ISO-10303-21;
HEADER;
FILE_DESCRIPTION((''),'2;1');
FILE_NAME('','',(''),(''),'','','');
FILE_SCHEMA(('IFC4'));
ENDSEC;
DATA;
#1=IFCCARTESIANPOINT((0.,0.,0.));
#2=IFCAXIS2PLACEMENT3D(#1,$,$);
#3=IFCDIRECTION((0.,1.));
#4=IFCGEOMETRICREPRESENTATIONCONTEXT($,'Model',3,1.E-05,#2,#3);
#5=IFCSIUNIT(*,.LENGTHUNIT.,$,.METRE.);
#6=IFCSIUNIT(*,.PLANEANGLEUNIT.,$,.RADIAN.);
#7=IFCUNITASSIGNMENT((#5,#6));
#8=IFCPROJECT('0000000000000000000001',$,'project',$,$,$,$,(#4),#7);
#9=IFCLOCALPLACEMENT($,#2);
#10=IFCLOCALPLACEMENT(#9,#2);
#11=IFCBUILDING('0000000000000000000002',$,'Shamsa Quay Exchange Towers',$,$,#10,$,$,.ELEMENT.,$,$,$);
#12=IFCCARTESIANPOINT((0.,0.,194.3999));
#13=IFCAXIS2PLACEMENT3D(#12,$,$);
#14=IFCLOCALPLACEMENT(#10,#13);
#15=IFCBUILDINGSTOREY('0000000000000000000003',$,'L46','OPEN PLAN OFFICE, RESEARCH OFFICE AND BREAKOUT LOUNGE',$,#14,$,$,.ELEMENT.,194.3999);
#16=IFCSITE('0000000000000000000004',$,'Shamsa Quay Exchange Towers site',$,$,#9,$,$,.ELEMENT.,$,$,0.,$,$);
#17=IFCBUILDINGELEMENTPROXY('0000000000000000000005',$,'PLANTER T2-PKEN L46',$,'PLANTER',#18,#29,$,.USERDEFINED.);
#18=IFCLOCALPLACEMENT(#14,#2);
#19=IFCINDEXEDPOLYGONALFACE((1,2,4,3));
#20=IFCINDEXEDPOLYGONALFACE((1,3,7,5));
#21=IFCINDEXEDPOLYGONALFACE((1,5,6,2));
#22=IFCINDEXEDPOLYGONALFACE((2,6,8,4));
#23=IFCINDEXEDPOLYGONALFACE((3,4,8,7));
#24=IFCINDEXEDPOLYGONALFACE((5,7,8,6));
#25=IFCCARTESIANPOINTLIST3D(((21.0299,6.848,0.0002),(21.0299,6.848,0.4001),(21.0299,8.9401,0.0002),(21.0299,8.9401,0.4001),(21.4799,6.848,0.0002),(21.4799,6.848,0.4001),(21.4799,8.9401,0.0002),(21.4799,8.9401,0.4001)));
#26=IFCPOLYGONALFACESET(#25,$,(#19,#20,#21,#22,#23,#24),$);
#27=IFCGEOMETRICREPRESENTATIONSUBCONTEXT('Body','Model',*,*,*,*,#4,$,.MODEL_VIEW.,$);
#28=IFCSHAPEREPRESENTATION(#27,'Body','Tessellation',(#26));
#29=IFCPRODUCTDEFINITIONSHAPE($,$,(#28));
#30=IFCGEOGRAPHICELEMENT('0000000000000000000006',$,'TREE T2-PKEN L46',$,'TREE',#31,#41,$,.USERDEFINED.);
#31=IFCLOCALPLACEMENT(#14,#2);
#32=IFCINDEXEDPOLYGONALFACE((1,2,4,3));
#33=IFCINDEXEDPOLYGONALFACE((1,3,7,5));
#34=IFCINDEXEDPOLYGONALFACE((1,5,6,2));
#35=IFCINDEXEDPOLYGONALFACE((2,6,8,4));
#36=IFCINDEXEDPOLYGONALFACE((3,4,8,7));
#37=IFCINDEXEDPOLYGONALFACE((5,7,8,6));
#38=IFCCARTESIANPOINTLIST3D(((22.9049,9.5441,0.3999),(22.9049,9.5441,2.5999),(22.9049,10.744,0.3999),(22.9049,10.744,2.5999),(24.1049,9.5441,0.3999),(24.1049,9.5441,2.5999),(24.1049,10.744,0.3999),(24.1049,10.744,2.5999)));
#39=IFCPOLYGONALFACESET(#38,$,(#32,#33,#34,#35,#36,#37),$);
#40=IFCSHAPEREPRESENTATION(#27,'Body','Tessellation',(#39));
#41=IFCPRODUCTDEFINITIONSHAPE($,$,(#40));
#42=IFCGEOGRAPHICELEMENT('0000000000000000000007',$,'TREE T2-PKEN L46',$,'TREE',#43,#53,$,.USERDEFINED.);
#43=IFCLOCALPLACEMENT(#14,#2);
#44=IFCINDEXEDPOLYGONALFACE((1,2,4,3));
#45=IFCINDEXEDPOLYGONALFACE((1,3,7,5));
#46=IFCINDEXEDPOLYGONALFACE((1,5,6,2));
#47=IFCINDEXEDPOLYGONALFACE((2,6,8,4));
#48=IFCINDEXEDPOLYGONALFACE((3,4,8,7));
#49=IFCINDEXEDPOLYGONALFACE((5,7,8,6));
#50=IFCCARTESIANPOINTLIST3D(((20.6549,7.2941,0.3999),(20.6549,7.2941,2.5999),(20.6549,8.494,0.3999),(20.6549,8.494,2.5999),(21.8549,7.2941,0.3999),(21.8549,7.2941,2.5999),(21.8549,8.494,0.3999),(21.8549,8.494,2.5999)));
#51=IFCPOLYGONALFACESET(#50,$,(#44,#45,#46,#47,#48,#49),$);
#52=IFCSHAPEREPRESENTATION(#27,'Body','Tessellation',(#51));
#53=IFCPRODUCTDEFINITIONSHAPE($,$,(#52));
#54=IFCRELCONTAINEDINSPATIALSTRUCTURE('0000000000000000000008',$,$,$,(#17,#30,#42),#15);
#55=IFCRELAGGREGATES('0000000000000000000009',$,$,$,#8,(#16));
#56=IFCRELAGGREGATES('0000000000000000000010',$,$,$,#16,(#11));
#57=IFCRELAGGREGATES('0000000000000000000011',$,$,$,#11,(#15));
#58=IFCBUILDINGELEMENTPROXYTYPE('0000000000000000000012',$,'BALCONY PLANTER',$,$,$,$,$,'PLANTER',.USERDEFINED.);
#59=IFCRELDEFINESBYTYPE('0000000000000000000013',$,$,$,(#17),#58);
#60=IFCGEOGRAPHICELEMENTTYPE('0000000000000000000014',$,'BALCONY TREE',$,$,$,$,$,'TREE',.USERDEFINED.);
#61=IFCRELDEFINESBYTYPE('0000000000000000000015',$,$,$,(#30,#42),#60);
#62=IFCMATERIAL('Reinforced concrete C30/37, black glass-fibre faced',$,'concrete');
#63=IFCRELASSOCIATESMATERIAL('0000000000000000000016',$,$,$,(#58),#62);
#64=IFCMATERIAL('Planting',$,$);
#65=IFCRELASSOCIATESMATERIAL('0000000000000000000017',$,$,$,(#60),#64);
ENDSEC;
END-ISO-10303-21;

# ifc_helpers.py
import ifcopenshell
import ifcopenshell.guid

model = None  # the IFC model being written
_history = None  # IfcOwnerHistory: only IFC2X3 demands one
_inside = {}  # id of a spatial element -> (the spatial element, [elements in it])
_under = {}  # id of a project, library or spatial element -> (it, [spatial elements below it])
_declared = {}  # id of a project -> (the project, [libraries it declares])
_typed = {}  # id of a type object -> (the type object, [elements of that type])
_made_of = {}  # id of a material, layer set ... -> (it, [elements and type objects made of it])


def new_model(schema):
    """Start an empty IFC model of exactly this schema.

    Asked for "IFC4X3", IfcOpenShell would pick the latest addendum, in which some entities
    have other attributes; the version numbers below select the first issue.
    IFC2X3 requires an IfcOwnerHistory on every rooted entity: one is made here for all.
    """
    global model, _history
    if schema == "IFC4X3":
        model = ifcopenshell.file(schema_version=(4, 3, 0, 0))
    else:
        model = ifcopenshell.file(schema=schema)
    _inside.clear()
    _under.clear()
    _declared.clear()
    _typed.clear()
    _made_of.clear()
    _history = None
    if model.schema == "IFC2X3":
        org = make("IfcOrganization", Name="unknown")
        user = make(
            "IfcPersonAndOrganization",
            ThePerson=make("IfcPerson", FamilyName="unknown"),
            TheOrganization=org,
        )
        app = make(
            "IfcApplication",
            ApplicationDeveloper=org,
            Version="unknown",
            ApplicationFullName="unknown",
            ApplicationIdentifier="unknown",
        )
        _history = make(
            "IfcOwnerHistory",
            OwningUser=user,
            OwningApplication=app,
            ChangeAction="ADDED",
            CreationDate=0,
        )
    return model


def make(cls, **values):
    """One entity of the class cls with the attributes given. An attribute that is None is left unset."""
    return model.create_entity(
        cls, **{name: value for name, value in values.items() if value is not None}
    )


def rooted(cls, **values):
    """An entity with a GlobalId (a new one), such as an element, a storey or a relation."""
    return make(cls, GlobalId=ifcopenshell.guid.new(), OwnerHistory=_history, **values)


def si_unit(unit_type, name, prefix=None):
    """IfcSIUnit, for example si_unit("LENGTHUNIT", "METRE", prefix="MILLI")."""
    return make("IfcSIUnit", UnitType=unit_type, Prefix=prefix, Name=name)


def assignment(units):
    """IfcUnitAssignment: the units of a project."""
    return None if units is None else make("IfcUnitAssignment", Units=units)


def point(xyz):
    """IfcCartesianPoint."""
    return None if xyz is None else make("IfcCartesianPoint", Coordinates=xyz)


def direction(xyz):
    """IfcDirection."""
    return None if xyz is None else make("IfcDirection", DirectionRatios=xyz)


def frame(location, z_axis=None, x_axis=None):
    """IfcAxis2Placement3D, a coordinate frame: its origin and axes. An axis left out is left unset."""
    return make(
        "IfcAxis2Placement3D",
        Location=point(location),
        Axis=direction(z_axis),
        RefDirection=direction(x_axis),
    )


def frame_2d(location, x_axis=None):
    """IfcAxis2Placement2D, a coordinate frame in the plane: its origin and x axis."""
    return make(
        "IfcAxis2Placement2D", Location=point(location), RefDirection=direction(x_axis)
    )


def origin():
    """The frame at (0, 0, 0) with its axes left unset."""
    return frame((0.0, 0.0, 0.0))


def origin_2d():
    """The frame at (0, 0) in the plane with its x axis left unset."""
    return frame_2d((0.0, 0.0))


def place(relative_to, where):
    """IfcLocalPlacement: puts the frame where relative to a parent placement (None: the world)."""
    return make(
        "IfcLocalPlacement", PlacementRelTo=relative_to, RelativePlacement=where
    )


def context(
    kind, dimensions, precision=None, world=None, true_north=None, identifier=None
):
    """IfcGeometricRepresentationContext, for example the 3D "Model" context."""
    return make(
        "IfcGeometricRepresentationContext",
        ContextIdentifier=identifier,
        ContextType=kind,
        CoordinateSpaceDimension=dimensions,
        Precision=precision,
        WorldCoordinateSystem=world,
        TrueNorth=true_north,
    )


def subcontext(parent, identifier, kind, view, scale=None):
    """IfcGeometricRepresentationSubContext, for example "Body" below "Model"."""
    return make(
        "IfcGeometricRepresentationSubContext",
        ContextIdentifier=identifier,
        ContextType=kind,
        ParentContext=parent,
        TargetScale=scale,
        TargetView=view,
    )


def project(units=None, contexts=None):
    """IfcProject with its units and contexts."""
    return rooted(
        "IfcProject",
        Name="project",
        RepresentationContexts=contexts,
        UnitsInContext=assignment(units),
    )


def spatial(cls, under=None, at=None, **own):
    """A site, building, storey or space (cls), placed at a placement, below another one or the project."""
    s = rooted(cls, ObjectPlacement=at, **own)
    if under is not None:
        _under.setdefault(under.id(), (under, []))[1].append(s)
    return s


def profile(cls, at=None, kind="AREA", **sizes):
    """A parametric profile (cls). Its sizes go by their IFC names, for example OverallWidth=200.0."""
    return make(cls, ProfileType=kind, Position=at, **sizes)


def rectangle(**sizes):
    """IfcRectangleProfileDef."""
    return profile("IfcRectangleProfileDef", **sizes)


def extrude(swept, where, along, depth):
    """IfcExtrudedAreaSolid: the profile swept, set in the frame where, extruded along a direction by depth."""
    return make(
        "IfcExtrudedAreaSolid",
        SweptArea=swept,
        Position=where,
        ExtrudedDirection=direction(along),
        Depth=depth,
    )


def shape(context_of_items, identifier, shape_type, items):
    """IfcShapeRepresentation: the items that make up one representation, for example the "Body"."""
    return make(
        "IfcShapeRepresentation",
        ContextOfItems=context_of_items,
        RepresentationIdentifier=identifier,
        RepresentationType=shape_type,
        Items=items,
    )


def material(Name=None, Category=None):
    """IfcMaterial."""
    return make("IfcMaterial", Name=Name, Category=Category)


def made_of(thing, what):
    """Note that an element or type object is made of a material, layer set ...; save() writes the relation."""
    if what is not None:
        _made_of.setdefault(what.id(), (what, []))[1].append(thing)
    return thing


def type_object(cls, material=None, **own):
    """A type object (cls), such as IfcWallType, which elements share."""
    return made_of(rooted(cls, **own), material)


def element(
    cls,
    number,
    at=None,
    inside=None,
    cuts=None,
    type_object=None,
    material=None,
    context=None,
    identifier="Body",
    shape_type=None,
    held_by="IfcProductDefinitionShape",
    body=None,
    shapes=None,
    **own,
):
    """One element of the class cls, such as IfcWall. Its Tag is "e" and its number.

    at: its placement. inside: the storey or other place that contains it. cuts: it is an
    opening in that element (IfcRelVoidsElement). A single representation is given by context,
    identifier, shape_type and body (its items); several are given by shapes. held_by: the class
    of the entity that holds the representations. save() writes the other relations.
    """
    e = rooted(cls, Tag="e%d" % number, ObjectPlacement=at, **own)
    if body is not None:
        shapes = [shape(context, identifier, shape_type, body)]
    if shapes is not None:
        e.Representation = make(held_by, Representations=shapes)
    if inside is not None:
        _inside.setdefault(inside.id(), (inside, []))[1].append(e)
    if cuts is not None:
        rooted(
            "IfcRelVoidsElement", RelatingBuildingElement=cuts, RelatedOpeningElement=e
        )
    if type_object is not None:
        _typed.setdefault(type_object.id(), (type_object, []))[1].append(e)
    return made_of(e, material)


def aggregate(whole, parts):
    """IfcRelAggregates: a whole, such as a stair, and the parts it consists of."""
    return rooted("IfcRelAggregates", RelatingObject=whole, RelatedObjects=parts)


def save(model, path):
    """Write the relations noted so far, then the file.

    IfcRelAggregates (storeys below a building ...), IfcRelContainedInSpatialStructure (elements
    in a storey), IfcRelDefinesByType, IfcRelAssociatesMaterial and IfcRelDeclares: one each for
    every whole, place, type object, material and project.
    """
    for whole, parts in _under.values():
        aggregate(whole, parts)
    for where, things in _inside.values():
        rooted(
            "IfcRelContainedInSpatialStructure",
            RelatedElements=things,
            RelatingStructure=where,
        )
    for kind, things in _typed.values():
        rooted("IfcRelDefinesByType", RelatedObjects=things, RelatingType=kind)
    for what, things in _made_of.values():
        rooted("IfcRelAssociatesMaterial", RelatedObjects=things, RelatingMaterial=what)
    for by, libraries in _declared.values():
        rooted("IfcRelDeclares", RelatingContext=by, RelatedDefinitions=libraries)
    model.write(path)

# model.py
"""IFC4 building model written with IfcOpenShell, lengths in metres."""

from ifc_helpers import new_model, si_unit, direction, frame, origin, origin_2d, place, context, subcontext, project, spatial, rectangle, extrude, material, type_object, element, save


model = new_model("IFC4")

# Units and contexts
model_context = context("Model", 3, precision=1e-05, world=origin(), true_north=direction((0.0, 1.0)))
body_context = subcontext(model_context, "Body", "Model", "MODEL_VIEW")
ifc_project = project(units=[si_unit("LENGTHUNIT", "METRE"), si_unit("PLANEANGLEUNIT", "RADIAN")], contexts=[model_context])

# Site, building, storey
site_placement = place(None, origin())
site = spatial("IfcSite", under=ifc_project, at=site_placement, Name="Shamsa Quay Exchange Towers site", CompositionType="ELEMENT", RefElevation=0.0)
building_placement = place(site_placement, origin())
building = spatial("IfcBuilding", under=site, at=building_placement, Name="Shamsa Quay Exchange Towers", CompositionType="ELEMENT")
storey_placement = place(building_placement, frame((0.0, 0.0, 194.3999)))
storey = spatial("IfcBuildingStorey", under=building, at=storey_placement, Name="L46", Description="OPEN PLAN OFFICE, RESEARCH OFFICE AND BREAKOUT LOUNGE", CompositionType="ELEMENT", Elevation=194.3999)

# Building element proxy
ifc_material_1 = material(Name="Reinforced concrete C30/37, black glass-fibre faced", Category="concrete")
building_element_proxy_type = type_object("IfcBuildingElementProxyType", Name="BALCONY PLANTER", ElementType="PLANTER", PredefinedType="USERDEFINED", material=ifc_material_1)
for number, where, z_axis, x_axis, name in (
    (1, (21.2549, 7.894, 0.0002), (0.0, 0.0, 1.0), (0.0, -1.0, 0.0), "PLANTER T2-PKEN L46"),
):
    element("IfcBuildingElementProxy", number, at=place(storey_placement, frame(where, z_axis=z_axis, x_axis=x_axis)), inside=storey, type_object=building_element_proxy_type, Name=name, ObjectType="PLANTER", PredefinedType="USERDEFINED", context=body_context, shape_type="SweptSolid", body=[
        extrude(rectangle(XDim=2.092, YDim=0.45, at=origin_2d()), origin(), (0.0, 0.0, 1.0), 0.3999),
    ])

# Geographic elements
ifc_material_2 = material(Name="Planting")
geographic_element_type = type_object("IfcGeographicElementType", Name="BALCONY TREE", ElementType="TREE", PredefinedType="USERDEFINED", material=ifc_material_2)
for number, where, z_axis, x_axis, name in (
    (2, (23.5049, 10.144, 0.3999), (0.0, 0.0, 1.0), (0.0, -1.0, 0.0), "TREE T2-PKEN L46"),
    (3, (21.2549, 7.894, 0.3999), (0.0, 0.0, 1.0), (0.0, -1.0, 0.0), "TREE T2-PKEN L46"),
):
    element("IfcGeographicElement", number, at=place(storey_placement, frame(where, z_axis=z_axis, x_axis=x_axis)), inside=storey, type_object=geographic_element_type, Name=name, ObjectType="TREE", PredefinedType="USERDEFINED", context=body_context, shape_type="SweptSolid", body=[
        extrude(rectangle(XDim=1.2, YDim=1.2, at=origin_2d()), origin(), (0.0, 0.0, 1.0), 2.2),
    ])

save(model, "model.ifc")
